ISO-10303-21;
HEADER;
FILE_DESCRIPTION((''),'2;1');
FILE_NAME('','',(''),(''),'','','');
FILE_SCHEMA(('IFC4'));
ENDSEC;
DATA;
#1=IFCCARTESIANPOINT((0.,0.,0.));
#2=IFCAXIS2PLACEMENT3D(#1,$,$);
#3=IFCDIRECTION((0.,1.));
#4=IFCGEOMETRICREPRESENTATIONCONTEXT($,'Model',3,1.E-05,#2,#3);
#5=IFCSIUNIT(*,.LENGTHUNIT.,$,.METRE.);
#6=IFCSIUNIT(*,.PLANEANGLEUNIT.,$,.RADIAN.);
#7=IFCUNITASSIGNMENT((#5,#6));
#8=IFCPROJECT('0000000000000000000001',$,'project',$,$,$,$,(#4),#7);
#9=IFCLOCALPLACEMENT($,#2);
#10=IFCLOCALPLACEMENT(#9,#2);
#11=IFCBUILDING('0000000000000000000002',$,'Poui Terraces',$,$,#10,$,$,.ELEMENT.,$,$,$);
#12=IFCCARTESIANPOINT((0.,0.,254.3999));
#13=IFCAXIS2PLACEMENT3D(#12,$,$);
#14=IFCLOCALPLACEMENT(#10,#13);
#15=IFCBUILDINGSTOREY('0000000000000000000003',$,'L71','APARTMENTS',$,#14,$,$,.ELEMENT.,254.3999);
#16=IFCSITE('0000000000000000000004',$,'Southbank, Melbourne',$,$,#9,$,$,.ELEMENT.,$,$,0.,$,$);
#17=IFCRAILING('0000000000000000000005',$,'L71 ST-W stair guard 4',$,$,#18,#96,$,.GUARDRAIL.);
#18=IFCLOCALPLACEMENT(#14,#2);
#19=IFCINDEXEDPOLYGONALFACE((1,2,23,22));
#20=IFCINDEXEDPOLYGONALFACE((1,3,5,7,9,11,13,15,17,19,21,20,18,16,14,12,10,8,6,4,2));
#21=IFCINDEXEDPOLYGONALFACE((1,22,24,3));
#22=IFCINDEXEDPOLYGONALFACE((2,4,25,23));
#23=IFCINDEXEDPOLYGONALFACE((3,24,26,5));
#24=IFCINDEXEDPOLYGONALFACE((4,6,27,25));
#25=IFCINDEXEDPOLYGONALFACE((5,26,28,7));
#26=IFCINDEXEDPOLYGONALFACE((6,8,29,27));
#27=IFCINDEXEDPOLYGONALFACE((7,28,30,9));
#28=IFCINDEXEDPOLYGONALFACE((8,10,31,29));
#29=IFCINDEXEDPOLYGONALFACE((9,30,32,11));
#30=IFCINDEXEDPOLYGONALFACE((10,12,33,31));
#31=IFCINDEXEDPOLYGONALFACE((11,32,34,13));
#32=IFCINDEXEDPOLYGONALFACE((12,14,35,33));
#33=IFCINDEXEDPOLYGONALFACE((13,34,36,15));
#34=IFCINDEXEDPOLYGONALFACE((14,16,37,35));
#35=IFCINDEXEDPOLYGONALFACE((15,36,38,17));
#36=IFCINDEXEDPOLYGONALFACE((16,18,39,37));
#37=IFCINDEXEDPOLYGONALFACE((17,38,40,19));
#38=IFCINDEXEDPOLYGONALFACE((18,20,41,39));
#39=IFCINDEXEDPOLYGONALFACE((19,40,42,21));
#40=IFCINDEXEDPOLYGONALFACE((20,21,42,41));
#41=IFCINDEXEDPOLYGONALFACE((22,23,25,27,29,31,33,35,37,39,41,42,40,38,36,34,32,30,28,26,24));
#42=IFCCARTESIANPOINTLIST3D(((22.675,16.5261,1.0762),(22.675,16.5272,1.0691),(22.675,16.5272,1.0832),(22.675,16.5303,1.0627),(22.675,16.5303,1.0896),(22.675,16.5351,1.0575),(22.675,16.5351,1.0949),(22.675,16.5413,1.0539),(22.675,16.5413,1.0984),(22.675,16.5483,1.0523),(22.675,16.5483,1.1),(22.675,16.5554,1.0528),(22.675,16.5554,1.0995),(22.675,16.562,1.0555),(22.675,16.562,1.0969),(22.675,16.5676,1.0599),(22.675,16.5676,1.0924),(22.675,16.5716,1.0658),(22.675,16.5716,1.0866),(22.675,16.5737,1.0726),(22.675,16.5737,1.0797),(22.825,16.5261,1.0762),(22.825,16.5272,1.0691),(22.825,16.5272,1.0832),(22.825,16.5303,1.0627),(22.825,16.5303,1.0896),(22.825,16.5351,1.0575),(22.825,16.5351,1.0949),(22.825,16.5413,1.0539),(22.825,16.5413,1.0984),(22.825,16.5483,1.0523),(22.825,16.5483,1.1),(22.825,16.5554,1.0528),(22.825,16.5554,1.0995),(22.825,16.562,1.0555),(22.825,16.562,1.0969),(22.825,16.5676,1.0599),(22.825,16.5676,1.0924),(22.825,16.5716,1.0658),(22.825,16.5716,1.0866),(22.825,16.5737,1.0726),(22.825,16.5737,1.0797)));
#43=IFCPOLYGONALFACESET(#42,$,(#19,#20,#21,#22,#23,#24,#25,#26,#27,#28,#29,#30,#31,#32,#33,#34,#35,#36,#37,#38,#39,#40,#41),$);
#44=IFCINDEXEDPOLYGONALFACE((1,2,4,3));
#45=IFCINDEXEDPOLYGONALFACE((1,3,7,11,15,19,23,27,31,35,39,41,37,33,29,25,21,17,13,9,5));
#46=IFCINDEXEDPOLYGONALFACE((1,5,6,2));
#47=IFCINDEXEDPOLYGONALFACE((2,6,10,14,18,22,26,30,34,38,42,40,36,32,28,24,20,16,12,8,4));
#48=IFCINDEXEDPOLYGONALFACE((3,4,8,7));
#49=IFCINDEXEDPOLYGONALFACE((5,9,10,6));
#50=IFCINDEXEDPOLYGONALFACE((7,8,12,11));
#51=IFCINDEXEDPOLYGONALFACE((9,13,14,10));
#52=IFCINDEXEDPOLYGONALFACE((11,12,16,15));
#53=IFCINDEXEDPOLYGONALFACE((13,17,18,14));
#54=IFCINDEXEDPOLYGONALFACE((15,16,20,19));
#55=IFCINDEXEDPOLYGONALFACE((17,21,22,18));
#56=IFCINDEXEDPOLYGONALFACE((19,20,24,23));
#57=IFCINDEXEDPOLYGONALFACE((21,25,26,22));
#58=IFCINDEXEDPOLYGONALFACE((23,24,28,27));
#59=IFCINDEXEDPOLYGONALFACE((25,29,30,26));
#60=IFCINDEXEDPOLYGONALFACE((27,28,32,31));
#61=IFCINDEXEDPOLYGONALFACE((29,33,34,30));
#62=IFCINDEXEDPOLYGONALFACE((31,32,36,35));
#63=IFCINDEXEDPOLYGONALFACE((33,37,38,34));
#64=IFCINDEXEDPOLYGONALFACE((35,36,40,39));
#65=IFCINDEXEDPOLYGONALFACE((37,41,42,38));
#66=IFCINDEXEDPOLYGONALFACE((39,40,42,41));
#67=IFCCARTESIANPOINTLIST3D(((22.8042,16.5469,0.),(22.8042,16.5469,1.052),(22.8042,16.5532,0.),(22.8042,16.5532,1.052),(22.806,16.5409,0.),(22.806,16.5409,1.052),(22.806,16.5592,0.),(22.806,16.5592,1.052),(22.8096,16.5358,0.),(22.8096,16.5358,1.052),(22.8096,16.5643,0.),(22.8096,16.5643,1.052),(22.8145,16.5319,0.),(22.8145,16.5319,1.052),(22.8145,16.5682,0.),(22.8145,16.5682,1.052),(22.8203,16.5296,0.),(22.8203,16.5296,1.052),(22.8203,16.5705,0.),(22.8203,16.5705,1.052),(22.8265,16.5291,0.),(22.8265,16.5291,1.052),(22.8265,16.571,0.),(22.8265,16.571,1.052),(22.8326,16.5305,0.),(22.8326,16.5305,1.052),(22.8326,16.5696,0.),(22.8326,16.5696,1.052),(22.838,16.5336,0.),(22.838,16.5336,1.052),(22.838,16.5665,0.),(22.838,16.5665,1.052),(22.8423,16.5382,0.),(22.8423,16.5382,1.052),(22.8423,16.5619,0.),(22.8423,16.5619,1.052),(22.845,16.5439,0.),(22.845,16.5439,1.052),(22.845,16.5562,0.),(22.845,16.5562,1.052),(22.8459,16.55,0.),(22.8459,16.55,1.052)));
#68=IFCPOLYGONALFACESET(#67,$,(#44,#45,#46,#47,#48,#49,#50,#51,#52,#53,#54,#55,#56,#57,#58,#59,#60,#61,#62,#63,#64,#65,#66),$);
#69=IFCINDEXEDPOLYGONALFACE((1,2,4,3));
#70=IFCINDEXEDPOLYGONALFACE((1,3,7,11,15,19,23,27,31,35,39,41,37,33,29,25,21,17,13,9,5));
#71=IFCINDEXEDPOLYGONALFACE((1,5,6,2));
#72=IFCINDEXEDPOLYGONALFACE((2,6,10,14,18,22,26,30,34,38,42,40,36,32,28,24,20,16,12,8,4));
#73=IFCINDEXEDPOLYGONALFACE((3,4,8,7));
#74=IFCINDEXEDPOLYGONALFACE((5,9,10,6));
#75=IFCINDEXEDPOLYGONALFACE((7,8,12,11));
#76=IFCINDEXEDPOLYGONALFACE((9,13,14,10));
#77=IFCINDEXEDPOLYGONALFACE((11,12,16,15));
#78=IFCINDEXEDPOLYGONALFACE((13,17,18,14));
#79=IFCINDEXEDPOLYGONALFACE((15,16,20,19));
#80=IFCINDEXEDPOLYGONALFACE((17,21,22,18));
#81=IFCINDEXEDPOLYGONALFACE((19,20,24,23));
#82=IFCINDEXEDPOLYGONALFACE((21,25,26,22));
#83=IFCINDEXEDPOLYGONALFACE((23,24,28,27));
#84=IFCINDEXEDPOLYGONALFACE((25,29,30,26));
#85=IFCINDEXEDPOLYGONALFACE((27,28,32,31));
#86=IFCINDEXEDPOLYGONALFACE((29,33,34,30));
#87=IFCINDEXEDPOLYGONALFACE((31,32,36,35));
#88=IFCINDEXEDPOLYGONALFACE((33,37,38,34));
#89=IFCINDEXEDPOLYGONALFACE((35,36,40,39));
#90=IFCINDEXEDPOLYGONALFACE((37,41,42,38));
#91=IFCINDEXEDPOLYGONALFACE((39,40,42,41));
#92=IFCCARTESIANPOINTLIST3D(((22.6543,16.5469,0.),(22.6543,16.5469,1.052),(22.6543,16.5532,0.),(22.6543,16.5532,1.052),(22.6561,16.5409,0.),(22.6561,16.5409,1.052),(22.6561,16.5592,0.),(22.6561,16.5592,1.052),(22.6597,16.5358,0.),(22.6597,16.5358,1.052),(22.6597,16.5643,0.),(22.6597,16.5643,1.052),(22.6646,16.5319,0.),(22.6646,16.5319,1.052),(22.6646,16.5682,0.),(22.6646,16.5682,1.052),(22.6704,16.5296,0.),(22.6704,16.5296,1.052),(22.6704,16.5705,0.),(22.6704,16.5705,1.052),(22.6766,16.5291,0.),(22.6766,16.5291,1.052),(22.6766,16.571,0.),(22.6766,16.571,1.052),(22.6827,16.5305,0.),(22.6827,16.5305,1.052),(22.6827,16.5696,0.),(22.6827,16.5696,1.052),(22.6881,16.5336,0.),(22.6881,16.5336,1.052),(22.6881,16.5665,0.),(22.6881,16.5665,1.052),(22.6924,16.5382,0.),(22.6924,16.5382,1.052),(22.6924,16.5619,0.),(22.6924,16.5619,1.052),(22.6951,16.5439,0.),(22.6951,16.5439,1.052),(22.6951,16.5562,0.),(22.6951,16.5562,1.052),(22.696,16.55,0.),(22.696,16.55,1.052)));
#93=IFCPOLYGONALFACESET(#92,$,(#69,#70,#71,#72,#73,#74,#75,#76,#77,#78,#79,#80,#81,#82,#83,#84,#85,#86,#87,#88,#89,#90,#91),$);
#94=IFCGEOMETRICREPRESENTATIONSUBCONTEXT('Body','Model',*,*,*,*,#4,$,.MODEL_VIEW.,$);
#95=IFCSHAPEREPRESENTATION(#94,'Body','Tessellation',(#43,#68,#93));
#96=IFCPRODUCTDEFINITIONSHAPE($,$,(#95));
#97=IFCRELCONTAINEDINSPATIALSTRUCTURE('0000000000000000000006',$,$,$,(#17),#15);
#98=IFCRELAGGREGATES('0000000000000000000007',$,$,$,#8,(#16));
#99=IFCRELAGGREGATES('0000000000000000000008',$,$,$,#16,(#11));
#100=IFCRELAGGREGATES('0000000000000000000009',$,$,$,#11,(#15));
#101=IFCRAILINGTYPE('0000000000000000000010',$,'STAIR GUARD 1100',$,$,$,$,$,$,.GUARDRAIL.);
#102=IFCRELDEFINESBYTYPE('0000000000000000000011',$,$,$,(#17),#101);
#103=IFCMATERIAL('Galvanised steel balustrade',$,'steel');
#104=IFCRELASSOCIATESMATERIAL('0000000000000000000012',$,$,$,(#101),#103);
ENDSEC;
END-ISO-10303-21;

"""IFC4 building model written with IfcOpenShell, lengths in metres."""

from ifc_helpers import new_model, si_unit, direction, frame, origin, origin_2d, place, context, subcontext, project, spatial, circle, extrude, material, type_object, element, save


model = new_model("IFC4")

# Units and contexts
model_context = context("Model", 3, precision=1e-05, world=origin(), true_north=direction((0.0, 1.0)))
body_context = subcontext(model_context, "Body", "Model", "MODEL_VIEW")
ifc_project = project(units=[si_unit("LENGTHUNIT", "METRE"), si_unit("PLANEANGLEUNIT", "RADIAN")], contexts=[model_context])

# Site, building, storey
site_placement = place(None, origin())
site = spatial("IfcSite", under=ifc_project, at=site_placement, Name="Southbank, Melbourne", CompositionType="ELEMENT", RefElevation=0.0)
building_placement = place(site_placement, origin())
building = spatial("IfcBuilding", under=site, at=building_placement, Name="Poui Terraces", CompositionType="ELEMENT")
storey_placement = place(building_placement, frame((0.0, 0.0, 254.3999)))
storey = spatial("IfcBuildingStorey", under=building, at=storey_placement, Name="L71", Description="APARTMENTS", CompositionType="ELEMENT", Elevation=254.3999)

# Railing
ifc_material_1 = material(Name="Galvanised steel balustrade", Category="steel")
railing_type_1 = type_object("IfcRailingType", Name="STAIR GUARD 1100", PredefinedType="GUARDRAIL", material=ifc_material_1)
railing_1_placement = place(storey_placement, frame((22.825, 16.55, 0.0)))
element("IfcRailing", 1, at=railing_1_placement, inside=storey, type_object=railing_type_1, Name="L71 ST-W stair guard 4", PredefinedType="GUARDRAIL", context=body_context, shape_type="SweptSolid", body=[
    extrude(circle(Radius=0.0239, at=origin_2d()), frame((0.0, 0.0, 1.0762), z_axis=(-1.0, 0.0, 0.0), x_axis=(0.0, -1.0, 0.0)), (0.0, 0.0, 1.0), 0.1499),
    extrude(circle(Radius=0.021, at=origin_2d()), origin(), (0.0, 0.0, 1.0), 1.052),
    extrude(circle(Radius=0.021, at=origin_2d()), frame((-0.1499, 0.0, 0.0)), (0.0, 0.0, 1.0), 1.052),
])

save(model, "model.ifc")
